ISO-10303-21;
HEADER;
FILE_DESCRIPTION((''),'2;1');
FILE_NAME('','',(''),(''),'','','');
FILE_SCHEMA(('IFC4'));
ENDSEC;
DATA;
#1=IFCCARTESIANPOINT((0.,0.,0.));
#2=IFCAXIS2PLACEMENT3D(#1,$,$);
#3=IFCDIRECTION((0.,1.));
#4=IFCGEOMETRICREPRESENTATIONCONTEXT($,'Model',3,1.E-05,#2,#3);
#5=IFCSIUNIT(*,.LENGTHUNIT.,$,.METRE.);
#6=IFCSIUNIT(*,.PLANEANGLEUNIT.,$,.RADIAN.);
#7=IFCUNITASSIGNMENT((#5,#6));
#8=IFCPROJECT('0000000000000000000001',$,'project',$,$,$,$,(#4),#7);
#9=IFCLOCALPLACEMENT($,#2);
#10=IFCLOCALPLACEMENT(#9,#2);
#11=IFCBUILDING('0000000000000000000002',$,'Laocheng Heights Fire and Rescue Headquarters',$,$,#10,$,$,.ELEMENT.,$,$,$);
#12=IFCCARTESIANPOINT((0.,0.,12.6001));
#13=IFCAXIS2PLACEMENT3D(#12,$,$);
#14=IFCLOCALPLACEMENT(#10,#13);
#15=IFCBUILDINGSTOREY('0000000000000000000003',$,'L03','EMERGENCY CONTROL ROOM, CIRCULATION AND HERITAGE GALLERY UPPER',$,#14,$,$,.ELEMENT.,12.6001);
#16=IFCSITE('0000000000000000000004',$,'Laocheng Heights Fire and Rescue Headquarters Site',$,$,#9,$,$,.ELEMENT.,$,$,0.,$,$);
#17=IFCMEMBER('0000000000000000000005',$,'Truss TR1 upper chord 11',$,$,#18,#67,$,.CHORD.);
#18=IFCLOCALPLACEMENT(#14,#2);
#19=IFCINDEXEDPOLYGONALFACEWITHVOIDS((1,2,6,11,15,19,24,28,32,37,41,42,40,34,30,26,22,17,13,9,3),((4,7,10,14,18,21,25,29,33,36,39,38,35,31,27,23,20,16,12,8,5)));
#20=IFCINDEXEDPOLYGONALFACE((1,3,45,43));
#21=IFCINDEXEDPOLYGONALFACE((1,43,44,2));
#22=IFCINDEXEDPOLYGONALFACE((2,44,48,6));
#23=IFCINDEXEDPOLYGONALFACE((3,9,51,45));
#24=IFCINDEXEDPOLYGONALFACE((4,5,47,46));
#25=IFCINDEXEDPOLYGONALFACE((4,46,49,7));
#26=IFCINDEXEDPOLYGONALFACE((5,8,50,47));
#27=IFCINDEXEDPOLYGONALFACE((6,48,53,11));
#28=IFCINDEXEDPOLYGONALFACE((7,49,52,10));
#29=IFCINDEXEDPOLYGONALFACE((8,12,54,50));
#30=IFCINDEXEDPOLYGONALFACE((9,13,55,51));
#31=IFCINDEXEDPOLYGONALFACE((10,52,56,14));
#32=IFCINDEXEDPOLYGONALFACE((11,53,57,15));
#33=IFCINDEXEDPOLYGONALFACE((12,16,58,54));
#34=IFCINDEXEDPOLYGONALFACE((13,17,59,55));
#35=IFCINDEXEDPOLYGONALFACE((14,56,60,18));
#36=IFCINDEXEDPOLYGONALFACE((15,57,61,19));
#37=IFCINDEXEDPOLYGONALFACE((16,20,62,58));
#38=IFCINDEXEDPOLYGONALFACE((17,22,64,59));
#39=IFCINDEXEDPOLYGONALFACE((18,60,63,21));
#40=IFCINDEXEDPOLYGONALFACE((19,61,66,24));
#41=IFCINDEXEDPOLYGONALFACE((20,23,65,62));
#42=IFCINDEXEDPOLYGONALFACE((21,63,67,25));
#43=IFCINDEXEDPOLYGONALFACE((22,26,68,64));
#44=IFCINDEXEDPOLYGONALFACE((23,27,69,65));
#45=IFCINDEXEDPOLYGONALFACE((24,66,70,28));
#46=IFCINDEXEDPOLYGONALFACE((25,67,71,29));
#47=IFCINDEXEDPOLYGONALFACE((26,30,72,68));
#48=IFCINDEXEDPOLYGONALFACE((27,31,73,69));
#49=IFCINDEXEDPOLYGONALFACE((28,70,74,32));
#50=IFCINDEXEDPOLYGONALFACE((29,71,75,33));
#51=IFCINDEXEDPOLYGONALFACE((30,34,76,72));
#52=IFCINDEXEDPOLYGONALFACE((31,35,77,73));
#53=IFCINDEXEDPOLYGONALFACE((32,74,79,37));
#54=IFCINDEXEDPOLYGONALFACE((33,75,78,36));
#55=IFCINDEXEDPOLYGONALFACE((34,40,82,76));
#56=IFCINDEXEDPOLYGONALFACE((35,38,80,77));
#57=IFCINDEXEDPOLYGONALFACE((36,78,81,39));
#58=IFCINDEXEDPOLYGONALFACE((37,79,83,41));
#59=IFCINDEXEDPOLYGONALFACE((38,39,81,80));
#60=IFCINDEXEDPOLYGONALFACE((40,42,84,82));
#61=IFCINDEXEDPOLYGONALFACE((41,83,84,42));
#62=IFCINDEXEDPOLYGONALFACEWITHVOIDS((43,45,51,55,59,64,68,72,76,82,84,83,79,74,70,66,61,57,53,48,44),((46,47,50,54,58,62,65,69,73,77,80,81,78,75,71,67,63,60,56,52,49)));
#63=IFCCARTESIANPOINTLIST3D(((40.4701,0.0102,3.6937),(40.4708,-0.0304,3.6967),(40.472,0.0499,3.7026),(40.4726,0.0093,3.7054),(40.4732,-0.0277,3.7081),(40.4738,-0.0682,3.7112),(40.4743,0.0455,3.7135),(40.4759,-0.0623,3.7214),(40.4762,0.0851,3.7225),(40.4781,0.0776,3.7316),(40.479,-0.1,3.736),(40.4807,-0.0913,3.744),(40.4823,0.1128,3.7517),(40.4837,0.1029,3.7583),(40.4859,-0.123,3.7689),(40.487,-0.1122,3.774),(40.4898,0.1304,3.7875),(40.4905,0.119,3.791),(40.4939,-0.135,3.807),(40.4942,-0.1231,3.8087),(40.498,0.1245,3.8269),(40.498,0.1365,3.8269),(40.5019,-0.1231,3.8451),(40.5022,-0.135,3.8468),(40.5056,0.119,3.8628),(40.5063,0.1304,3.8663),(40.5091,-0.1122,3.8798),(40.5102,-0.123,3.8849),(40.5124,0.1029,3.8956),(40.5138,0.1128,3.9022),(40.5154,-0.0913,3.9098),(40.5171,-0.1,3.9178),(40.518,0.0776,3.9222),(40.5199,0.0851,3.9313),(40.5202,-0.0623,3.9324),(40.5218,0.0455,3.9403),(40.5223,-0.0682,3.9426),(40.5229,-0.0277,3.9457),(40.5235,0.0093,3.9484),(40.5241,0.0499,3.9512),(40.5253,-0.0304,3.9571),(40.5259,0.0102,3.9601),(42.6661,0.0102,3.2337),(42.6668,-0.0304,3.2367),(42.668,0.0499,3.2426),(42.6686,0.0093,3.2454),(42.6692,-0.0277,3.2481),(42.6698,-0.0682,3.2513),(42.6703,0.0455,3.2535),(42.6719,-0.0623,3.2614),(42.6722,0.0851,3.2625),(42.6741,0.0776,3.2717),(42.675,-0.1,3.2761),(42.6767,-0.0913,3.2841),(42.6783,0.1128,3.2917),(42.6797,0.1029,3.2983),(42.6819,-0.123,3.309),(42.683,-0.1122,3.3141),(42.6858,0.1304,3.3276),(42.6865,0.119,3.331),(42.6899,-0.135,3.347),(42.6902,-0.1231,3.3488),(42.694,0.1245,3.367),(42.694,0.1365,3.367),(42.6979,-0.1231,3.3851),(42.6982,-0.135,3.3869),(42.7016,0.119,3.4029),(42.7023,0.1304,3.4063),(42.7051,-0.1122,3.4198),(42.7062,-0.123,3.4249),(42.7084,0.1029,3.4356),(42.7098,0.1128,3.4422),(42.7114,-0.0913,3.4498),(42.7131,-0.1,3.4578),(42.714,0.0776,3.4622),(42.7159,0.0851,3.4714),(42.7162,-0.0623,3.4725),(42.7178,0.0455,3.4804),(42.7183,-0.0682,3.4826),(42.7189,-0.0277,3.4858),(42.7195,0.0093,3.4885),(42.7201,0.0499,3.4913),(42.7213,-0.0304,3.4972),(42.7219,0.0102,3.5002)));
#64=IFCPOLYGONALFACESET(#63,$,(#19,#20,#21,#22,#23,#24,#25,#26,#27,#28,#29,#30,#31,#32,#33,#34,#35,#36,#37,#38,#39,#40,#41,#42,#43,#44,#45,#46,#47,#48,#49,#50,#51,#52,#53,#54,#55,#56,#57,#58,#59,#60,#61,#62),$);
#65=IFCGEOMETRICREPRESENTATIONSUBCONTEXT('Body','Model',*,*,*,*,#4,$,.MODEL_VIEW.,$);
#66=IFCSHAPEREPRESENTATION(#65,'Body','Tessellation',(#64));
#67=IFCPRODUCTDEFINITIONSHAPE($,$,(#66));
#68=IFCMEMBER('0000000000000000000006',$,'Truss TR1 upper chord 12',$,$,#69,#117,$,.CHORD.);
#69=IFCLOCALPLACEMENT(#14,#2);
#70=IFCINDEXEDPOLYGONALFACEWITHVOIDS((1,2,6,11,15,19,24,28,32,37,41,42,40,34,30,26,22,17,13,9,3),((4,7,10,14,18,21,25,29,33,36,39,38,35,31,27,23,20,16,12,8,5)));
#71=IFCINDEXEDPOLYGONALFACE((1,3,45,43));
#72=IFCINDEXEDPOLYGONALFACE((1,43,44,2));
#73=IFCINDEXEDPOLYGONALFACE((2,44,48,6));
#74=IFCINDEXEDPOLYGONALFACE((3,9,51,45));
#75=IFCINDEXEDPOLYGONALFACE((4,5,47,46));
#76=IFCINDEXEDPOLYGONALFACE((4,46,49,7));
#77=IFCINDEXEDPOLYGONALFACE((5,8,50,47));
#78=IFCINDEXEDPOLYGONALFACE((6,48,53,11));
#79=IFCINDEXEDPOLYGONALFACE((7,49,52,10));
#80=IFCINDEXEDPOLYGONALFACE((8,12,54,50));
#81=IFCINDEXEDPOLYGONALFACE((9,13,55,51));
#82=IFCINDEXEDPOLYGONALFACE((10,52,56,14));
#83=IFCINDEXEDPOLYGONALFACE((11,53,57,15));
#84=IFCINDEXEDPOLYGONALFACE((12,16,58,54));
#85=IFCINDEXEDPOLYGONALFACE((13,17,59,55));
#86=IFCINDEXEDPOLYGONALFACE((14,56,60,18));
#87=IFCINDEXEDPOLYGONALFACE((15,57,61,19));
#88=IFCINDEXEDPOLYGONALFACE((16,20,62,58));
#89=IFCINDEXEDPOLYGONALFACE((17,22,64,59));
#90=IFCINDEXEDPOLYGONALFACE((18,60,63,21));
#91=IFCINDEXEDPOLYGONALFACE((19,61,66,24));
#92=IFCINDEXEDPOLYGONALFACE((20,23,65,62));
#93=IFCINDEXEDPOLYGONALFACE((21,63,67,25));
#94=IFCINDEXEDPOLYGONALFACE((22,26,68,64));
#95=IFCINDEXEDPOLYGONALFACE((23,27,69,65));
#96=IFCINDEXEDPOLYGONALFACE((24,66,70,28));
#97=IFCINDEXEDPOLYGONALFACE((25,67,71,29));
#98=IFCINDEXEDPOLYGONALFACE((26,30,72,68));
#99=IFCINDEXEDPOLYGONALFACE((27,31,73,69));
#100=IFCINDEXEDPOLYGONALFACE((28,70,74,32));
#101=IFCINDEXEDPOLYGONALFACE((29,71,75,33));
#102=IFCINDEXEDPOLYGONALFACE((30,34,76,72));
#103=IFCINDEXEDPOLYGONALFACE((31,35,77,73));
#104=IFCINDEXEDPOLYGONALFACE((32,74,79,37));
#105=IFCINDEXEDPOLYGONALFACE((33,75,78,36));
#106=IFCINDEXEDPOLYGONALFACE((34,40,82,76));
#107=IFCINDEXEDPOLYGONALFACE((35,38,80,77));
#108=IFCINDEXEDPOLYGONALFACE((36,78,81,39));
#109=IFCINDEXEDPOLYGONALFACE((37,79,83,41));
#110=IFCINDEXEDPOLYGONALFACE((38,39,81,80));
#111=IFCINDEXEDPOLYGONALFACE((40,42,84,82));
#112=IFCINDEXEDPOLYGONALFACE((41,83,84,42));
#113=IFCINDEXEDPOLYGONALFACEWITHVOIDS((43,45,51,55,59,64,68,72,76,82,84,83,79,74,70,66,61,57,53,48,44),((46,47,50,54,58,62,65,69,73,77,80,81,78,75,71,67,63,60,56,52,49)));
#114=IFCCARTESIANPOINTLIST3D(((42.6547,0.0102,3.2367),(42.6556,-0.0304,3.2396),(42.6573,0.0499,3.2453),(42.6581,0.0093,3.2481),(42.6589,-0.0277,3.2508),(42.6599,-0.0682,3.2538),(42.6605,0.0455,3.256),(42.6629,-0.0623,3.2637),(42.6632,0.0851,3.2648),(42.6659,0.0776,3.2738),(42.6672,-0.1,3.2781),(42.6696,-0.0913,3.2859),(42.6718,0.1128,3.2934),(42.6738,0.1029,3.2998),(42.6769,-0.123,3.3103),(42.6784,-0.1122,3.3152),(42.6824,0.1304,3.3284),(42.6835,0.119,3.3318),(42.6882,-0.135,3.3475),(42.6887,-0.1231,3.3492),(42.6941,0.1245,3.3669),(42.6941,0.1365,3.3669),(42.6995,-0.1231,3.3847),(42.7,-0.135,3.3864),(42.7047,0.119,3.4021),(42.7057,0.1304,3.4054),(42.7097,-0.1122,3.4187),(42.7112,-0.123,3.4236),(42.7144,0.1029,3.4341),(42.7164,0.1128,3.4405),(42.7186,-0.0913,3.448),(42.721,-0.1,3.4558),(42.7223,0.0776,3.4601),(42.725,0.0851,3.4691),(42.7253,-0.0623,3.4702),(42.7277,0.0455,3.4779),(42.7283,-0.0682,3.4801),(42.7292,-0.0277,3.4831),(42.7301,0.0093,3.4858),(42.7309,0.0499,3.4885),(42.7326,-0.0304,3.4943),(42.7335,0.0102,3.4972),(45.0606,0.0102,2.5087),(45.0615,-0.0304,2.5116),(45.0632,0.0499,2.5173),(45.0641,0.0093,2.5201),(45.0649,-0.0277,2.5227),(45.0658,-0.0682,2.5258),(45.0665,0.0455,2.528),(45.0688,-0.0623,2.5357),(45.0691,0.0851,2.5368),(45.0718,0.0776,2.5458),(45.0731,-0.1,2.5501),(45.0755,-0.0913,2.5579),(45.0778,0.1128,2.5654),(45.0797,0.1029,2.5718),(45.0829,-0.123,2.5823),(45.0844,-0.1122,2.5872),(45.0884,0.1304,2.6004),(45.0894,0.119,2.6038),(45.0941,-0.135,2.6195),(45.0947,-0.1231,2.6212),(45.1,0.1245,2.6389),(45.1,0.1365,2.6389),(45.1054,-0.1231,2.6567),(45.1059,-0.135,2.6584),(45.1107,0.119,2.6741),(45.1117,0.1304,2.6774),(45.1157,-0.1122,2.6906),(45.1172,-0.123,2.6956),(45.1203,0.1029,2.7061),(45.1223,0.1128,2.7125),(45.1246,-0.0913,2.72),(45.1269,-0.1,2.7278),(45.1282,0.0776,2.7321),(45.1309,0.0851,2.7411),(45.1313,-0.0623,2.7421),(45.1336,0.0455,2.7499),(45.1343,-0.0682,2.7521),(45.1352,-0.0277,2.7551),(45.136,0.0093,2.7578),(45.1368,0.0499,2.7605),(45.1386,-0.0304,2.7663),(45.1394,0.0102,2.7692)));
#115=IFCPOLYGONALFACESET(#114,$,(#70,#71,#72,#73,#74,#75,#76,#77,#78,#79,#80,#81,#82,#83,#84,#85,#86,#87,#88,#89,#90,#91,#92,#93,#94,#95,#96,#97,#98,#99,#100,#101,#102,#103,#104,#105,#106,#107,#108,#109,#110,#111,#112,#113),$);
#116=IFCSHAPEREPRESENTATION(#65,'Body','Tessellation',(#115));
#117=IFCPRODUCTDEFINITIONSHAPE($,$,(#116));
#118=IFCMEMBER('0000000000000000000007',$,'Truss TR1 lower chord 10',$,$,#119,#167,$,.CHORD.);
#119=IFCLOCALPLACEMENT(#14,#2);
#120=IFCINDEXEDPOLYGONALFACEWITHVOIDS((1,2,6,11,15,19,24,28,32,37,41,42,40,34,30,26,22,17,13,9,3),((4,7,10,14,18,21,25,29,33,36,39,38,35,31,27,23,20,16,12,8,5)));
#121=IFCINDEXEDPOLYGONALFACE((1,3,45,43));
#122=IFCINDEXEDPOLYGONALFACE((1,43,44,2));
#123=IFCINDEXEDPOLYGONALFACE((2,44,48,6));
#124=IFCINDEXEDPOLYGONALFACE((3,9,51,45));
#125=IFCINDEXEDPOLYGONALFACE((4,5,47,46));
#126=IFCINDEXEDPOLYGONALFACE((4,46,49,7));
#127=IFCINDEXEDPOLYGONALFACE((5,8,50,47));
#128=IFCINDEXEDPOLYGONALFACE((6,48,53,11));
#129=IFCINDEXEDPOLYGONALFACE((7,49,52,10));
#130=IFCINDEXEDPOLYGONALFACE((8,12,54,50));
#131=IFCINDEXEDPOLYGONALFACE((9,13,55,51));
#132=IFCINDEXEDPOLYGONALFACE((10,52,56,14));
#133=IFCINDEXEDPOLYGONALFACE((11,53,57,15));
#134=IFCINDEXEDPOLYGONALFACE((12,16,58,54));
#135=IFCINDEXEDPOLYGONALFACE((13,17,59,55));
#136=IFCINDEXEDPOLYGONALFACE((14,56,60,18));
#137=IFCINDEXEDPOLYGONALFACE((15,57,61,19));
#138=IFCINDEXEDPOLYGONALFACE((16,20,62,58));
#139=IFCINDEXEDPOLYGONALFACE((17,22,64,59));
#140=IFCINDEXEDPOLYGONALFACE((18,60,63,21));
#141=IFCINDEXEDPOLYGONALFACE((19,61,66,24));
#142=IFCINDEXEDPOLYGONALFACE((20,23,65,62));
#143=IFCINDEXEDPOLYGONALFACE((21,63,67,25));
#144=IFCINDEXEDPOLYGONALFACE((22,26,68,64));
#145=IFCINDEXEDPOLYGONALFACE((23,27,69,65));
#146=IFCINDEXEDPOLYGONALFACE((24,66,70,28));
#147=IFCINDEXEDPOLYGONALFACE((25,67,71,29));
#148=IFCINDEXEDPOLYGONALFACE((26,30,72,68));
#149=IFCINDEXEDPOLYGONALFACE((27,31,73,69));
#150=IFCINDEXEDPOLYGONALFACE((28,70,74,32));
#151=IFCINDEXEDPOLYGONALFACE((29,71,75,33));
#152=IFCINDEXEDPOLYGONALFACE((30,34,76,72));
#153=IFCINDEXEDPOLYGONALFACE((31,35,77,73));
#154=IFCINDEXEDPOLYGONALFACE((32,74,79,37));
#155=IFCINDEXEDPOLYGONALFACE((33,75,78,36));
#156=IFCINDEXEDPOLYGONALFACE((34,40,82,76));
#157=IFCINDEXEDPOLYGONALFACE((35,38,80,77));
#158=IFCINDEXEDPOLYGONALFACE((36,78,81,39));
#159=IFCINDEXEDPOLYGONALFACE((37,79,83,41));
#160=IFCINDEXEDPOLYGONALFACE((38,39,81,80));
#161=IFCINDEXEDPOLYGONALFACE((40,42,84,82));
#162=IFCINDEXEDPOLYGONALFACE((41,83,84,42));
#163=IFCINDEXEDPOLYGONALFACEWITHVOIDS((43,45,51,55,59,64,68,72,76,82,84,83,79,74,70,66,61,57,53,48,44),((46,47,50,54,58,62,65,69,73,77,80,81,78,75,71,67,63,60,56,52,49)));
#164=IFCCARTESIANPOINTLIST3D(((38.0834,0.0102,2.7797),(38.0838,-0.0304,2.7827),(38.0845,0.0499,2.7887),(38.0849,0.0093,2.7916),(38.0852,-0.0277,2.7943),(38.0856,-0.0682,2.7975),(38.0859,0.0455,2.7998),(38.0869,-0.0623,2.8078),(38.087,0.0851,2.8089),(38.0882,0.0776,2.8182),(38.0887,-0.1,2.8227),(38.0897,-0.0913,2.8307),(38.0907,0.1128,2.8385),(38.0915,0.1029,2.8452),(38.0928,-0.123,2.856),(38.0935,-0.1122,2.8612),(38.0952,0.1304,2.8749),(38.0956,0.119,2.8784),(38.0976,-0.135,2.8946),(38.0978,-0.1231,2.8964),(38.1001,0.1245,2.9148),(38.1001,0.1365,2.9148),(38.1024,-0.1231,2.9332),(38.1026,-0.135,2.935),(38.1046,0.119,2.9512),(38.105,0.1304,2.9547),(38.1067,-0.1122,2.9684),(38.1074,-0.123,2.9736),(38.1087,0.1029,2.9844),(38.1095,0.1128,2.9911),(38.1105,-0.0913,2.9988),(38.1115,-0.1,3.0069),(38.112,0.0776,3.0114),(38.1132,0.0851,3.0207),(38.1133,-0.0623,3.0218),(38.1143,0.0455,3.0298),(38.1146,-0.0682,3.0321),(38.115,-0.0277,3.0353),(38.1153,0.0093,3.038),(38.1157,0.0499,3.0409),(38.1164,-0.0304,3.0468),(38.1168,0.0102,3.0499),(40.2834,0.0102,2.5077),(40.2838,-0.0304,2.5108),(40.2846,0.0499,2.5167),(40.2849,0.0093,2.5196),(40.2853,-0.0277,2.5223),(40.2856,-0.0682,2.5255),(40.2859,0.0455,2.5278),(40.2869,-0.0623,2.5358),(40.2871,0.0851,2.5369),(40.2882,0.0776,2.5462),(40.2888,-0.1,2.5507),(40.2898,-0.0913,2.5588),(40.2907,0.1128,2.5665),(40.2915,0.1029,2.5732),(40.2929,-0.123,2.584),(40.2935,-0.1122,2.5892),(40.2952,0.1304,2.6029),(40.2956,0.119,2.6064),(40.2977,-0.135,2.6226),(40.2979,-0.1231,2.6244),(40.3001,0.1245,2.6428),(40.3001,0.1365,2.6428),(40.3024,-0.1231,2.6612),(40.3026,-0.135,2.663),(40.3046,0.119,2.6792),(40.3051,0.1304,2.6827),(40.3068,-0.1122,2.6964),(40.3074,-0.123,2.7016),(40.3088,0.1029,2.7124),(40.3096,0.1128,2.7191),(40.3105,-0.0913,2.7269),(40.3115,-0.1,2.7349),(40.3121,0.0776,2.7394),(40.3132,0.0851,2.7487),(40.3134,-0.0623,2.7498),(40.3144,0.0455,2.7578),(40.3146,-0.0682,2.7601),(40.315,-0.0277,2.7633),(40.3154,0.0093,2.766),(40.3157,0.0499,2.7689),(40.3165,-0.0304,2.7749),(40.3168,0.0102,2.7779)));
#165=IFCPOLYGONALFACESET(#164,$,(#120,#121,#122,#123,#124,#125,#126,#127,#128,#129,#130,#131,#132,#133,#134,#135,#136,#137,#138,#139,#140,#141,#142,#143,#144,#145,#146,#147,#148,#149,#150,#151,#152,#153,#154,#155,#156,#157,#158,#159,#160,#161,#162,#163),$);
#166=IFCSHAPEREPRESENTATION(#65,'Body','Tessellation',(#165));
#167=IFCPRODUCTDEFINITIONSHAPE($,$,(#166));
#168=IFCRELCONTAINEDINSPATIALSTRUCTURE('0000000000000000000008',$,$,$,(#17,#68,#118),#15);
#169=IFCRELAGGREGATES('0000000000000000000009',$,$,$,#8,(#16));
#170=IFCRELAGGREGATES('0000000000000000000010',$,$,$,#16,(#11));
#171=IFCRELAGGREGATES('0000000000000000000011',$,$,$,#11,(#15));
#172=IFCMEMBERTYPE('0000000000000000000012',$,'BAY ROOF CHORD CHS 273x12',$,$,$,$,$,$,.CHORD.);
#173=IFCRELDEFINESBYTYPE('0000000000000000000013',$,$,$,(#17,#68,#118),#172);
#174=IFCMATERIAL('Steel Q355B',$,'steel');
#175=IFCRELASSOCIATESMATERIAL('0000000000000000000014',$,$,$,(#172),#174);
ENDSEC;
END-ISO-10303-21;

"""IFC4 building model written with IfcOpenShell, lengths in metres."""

from ifc_helpers import new_model, si_unit, direction, frame, origin, origin_2d, place, context, subcontext, project, spatial, hollow_circle, extrude, material, material_profile, profile_set, type_object, element, save


model = new_model("IFC4")

# Units and contexts
model_context = context("Model", 3, precision=1e-05, world=origin(), true_north=direction((0.0, 1.0)))
body_context = subcontext(model_context, "Body", "Model", "MODEL_VIEW")
ifc_project = project(units=[si_unit("LENGTHUNIT", "METRE"), si_unit("PLANEANGLEUNIT", "RADIAN")], contexts=[model_context])

# Site, building, storey
site_placement = place(None, origin())
site = spatial("IfcSite", under=ifc_project, at=site_placement, Name="Laocheng Heights Fire and Rescue Headquarters Site", CompositionType="ELEMENT", RefElevation=0.0)
building_placement = place(site_placement, origin())
building = spatial("IfcBuilding", under=site, at=building_placement, Name="Laocheng Heights Fire and Rescue Headquarters", CompositionType="ELEMENT")
storey_placement = place(building_placement, frame((0.0, 0.0, 12.6001)))
storey = spatial("IfcBuildingStorey", under=building, at=storey_placement, Name="L03", Description="EMERGENCY CONTROL ROOM, CIRCULATION AND HERITAGE GALLERY UPPER", CompositionType="ELEMENT", Elevation=12.6001)

# Members
ifc_material_1 = material(Name="Steel Q355B", Category="steel")
ifc_material_profile_1 = material_profile(ifc_material_1, hollow_circle(Radius=0.1365, WallThickness=0.012, at=origin_2d()), Name="CHS 273x12")
ifc_profile_set_1 = profile_set([ifc_material_profile_1], Name="Steel Q355B")
member_type_1 = type_object("IfcMemberType", Name="BAY ROOF CHORD CHS 273x12", PredefinedType="CHORD", material=ifc_profile_set_1)
member_1_placement = place(storey_placement, frame((40.498, 0.0, 3.8269), z_axis=(0.978762, 0.0, -0.205001), x_axis=(0.0, 1.0, 0.0)))
element("IfcMember", 1, at=member_1_placement, inside=storey, type_object=member_type_1, Name="Truss TR1 upper chord 11", PredefinedType="CHORD", context=body_context, shape_type="SweptSolid", body=[
    extrude(hollow_circle(Radius=0.1365, WallThickness=0.012, at=origin_2d()), origin(), (0.0, 0.0, 1.0), 2.2437),
])
member_2_placement = place(storey_placement, frame((42.6941, 0.0, 3.3669), z_axis=(0.957142, 0.0, -0.289619), x_axis=(0.0, 1.0, 0.0)))
element("IfcMember", 2, at=member_2_placement, inside=storey, type_object=member_type_1, Name="Truss TR1 upper chord 12", PredefinedType="CHORD", context=body_context, shape_type="SweptSolid", body=[
    extrude(hollow_circle(Radius=0.1365, WallThickness=0.012, at=origin_2d()), origin(), (0.0, 0.0, 1.0), 2.5137),
])
member_3_placement = place(storey_placement, frame((38.1001, 0.0, 2.9148), z_axis=(0.992445, 0.0, -0.122693), x_axis=(0.0, 1.0, 0.0)))
element("IfcMember", 3, at=member_3_placement, inside=storey, type_object=member_type_1, Name="Truss TR1 lower chord 10", PredefinedType="CHORD", context=body_context, shape_type="SweptSolid", body=[
    extrude(hollow_circle(Radius=0.1365, WallThickness=0.012, at=origin_2d()), origin(), (0.0, 0.0, 1.0), 2.2168),
])

save(model, "model.ifc")
